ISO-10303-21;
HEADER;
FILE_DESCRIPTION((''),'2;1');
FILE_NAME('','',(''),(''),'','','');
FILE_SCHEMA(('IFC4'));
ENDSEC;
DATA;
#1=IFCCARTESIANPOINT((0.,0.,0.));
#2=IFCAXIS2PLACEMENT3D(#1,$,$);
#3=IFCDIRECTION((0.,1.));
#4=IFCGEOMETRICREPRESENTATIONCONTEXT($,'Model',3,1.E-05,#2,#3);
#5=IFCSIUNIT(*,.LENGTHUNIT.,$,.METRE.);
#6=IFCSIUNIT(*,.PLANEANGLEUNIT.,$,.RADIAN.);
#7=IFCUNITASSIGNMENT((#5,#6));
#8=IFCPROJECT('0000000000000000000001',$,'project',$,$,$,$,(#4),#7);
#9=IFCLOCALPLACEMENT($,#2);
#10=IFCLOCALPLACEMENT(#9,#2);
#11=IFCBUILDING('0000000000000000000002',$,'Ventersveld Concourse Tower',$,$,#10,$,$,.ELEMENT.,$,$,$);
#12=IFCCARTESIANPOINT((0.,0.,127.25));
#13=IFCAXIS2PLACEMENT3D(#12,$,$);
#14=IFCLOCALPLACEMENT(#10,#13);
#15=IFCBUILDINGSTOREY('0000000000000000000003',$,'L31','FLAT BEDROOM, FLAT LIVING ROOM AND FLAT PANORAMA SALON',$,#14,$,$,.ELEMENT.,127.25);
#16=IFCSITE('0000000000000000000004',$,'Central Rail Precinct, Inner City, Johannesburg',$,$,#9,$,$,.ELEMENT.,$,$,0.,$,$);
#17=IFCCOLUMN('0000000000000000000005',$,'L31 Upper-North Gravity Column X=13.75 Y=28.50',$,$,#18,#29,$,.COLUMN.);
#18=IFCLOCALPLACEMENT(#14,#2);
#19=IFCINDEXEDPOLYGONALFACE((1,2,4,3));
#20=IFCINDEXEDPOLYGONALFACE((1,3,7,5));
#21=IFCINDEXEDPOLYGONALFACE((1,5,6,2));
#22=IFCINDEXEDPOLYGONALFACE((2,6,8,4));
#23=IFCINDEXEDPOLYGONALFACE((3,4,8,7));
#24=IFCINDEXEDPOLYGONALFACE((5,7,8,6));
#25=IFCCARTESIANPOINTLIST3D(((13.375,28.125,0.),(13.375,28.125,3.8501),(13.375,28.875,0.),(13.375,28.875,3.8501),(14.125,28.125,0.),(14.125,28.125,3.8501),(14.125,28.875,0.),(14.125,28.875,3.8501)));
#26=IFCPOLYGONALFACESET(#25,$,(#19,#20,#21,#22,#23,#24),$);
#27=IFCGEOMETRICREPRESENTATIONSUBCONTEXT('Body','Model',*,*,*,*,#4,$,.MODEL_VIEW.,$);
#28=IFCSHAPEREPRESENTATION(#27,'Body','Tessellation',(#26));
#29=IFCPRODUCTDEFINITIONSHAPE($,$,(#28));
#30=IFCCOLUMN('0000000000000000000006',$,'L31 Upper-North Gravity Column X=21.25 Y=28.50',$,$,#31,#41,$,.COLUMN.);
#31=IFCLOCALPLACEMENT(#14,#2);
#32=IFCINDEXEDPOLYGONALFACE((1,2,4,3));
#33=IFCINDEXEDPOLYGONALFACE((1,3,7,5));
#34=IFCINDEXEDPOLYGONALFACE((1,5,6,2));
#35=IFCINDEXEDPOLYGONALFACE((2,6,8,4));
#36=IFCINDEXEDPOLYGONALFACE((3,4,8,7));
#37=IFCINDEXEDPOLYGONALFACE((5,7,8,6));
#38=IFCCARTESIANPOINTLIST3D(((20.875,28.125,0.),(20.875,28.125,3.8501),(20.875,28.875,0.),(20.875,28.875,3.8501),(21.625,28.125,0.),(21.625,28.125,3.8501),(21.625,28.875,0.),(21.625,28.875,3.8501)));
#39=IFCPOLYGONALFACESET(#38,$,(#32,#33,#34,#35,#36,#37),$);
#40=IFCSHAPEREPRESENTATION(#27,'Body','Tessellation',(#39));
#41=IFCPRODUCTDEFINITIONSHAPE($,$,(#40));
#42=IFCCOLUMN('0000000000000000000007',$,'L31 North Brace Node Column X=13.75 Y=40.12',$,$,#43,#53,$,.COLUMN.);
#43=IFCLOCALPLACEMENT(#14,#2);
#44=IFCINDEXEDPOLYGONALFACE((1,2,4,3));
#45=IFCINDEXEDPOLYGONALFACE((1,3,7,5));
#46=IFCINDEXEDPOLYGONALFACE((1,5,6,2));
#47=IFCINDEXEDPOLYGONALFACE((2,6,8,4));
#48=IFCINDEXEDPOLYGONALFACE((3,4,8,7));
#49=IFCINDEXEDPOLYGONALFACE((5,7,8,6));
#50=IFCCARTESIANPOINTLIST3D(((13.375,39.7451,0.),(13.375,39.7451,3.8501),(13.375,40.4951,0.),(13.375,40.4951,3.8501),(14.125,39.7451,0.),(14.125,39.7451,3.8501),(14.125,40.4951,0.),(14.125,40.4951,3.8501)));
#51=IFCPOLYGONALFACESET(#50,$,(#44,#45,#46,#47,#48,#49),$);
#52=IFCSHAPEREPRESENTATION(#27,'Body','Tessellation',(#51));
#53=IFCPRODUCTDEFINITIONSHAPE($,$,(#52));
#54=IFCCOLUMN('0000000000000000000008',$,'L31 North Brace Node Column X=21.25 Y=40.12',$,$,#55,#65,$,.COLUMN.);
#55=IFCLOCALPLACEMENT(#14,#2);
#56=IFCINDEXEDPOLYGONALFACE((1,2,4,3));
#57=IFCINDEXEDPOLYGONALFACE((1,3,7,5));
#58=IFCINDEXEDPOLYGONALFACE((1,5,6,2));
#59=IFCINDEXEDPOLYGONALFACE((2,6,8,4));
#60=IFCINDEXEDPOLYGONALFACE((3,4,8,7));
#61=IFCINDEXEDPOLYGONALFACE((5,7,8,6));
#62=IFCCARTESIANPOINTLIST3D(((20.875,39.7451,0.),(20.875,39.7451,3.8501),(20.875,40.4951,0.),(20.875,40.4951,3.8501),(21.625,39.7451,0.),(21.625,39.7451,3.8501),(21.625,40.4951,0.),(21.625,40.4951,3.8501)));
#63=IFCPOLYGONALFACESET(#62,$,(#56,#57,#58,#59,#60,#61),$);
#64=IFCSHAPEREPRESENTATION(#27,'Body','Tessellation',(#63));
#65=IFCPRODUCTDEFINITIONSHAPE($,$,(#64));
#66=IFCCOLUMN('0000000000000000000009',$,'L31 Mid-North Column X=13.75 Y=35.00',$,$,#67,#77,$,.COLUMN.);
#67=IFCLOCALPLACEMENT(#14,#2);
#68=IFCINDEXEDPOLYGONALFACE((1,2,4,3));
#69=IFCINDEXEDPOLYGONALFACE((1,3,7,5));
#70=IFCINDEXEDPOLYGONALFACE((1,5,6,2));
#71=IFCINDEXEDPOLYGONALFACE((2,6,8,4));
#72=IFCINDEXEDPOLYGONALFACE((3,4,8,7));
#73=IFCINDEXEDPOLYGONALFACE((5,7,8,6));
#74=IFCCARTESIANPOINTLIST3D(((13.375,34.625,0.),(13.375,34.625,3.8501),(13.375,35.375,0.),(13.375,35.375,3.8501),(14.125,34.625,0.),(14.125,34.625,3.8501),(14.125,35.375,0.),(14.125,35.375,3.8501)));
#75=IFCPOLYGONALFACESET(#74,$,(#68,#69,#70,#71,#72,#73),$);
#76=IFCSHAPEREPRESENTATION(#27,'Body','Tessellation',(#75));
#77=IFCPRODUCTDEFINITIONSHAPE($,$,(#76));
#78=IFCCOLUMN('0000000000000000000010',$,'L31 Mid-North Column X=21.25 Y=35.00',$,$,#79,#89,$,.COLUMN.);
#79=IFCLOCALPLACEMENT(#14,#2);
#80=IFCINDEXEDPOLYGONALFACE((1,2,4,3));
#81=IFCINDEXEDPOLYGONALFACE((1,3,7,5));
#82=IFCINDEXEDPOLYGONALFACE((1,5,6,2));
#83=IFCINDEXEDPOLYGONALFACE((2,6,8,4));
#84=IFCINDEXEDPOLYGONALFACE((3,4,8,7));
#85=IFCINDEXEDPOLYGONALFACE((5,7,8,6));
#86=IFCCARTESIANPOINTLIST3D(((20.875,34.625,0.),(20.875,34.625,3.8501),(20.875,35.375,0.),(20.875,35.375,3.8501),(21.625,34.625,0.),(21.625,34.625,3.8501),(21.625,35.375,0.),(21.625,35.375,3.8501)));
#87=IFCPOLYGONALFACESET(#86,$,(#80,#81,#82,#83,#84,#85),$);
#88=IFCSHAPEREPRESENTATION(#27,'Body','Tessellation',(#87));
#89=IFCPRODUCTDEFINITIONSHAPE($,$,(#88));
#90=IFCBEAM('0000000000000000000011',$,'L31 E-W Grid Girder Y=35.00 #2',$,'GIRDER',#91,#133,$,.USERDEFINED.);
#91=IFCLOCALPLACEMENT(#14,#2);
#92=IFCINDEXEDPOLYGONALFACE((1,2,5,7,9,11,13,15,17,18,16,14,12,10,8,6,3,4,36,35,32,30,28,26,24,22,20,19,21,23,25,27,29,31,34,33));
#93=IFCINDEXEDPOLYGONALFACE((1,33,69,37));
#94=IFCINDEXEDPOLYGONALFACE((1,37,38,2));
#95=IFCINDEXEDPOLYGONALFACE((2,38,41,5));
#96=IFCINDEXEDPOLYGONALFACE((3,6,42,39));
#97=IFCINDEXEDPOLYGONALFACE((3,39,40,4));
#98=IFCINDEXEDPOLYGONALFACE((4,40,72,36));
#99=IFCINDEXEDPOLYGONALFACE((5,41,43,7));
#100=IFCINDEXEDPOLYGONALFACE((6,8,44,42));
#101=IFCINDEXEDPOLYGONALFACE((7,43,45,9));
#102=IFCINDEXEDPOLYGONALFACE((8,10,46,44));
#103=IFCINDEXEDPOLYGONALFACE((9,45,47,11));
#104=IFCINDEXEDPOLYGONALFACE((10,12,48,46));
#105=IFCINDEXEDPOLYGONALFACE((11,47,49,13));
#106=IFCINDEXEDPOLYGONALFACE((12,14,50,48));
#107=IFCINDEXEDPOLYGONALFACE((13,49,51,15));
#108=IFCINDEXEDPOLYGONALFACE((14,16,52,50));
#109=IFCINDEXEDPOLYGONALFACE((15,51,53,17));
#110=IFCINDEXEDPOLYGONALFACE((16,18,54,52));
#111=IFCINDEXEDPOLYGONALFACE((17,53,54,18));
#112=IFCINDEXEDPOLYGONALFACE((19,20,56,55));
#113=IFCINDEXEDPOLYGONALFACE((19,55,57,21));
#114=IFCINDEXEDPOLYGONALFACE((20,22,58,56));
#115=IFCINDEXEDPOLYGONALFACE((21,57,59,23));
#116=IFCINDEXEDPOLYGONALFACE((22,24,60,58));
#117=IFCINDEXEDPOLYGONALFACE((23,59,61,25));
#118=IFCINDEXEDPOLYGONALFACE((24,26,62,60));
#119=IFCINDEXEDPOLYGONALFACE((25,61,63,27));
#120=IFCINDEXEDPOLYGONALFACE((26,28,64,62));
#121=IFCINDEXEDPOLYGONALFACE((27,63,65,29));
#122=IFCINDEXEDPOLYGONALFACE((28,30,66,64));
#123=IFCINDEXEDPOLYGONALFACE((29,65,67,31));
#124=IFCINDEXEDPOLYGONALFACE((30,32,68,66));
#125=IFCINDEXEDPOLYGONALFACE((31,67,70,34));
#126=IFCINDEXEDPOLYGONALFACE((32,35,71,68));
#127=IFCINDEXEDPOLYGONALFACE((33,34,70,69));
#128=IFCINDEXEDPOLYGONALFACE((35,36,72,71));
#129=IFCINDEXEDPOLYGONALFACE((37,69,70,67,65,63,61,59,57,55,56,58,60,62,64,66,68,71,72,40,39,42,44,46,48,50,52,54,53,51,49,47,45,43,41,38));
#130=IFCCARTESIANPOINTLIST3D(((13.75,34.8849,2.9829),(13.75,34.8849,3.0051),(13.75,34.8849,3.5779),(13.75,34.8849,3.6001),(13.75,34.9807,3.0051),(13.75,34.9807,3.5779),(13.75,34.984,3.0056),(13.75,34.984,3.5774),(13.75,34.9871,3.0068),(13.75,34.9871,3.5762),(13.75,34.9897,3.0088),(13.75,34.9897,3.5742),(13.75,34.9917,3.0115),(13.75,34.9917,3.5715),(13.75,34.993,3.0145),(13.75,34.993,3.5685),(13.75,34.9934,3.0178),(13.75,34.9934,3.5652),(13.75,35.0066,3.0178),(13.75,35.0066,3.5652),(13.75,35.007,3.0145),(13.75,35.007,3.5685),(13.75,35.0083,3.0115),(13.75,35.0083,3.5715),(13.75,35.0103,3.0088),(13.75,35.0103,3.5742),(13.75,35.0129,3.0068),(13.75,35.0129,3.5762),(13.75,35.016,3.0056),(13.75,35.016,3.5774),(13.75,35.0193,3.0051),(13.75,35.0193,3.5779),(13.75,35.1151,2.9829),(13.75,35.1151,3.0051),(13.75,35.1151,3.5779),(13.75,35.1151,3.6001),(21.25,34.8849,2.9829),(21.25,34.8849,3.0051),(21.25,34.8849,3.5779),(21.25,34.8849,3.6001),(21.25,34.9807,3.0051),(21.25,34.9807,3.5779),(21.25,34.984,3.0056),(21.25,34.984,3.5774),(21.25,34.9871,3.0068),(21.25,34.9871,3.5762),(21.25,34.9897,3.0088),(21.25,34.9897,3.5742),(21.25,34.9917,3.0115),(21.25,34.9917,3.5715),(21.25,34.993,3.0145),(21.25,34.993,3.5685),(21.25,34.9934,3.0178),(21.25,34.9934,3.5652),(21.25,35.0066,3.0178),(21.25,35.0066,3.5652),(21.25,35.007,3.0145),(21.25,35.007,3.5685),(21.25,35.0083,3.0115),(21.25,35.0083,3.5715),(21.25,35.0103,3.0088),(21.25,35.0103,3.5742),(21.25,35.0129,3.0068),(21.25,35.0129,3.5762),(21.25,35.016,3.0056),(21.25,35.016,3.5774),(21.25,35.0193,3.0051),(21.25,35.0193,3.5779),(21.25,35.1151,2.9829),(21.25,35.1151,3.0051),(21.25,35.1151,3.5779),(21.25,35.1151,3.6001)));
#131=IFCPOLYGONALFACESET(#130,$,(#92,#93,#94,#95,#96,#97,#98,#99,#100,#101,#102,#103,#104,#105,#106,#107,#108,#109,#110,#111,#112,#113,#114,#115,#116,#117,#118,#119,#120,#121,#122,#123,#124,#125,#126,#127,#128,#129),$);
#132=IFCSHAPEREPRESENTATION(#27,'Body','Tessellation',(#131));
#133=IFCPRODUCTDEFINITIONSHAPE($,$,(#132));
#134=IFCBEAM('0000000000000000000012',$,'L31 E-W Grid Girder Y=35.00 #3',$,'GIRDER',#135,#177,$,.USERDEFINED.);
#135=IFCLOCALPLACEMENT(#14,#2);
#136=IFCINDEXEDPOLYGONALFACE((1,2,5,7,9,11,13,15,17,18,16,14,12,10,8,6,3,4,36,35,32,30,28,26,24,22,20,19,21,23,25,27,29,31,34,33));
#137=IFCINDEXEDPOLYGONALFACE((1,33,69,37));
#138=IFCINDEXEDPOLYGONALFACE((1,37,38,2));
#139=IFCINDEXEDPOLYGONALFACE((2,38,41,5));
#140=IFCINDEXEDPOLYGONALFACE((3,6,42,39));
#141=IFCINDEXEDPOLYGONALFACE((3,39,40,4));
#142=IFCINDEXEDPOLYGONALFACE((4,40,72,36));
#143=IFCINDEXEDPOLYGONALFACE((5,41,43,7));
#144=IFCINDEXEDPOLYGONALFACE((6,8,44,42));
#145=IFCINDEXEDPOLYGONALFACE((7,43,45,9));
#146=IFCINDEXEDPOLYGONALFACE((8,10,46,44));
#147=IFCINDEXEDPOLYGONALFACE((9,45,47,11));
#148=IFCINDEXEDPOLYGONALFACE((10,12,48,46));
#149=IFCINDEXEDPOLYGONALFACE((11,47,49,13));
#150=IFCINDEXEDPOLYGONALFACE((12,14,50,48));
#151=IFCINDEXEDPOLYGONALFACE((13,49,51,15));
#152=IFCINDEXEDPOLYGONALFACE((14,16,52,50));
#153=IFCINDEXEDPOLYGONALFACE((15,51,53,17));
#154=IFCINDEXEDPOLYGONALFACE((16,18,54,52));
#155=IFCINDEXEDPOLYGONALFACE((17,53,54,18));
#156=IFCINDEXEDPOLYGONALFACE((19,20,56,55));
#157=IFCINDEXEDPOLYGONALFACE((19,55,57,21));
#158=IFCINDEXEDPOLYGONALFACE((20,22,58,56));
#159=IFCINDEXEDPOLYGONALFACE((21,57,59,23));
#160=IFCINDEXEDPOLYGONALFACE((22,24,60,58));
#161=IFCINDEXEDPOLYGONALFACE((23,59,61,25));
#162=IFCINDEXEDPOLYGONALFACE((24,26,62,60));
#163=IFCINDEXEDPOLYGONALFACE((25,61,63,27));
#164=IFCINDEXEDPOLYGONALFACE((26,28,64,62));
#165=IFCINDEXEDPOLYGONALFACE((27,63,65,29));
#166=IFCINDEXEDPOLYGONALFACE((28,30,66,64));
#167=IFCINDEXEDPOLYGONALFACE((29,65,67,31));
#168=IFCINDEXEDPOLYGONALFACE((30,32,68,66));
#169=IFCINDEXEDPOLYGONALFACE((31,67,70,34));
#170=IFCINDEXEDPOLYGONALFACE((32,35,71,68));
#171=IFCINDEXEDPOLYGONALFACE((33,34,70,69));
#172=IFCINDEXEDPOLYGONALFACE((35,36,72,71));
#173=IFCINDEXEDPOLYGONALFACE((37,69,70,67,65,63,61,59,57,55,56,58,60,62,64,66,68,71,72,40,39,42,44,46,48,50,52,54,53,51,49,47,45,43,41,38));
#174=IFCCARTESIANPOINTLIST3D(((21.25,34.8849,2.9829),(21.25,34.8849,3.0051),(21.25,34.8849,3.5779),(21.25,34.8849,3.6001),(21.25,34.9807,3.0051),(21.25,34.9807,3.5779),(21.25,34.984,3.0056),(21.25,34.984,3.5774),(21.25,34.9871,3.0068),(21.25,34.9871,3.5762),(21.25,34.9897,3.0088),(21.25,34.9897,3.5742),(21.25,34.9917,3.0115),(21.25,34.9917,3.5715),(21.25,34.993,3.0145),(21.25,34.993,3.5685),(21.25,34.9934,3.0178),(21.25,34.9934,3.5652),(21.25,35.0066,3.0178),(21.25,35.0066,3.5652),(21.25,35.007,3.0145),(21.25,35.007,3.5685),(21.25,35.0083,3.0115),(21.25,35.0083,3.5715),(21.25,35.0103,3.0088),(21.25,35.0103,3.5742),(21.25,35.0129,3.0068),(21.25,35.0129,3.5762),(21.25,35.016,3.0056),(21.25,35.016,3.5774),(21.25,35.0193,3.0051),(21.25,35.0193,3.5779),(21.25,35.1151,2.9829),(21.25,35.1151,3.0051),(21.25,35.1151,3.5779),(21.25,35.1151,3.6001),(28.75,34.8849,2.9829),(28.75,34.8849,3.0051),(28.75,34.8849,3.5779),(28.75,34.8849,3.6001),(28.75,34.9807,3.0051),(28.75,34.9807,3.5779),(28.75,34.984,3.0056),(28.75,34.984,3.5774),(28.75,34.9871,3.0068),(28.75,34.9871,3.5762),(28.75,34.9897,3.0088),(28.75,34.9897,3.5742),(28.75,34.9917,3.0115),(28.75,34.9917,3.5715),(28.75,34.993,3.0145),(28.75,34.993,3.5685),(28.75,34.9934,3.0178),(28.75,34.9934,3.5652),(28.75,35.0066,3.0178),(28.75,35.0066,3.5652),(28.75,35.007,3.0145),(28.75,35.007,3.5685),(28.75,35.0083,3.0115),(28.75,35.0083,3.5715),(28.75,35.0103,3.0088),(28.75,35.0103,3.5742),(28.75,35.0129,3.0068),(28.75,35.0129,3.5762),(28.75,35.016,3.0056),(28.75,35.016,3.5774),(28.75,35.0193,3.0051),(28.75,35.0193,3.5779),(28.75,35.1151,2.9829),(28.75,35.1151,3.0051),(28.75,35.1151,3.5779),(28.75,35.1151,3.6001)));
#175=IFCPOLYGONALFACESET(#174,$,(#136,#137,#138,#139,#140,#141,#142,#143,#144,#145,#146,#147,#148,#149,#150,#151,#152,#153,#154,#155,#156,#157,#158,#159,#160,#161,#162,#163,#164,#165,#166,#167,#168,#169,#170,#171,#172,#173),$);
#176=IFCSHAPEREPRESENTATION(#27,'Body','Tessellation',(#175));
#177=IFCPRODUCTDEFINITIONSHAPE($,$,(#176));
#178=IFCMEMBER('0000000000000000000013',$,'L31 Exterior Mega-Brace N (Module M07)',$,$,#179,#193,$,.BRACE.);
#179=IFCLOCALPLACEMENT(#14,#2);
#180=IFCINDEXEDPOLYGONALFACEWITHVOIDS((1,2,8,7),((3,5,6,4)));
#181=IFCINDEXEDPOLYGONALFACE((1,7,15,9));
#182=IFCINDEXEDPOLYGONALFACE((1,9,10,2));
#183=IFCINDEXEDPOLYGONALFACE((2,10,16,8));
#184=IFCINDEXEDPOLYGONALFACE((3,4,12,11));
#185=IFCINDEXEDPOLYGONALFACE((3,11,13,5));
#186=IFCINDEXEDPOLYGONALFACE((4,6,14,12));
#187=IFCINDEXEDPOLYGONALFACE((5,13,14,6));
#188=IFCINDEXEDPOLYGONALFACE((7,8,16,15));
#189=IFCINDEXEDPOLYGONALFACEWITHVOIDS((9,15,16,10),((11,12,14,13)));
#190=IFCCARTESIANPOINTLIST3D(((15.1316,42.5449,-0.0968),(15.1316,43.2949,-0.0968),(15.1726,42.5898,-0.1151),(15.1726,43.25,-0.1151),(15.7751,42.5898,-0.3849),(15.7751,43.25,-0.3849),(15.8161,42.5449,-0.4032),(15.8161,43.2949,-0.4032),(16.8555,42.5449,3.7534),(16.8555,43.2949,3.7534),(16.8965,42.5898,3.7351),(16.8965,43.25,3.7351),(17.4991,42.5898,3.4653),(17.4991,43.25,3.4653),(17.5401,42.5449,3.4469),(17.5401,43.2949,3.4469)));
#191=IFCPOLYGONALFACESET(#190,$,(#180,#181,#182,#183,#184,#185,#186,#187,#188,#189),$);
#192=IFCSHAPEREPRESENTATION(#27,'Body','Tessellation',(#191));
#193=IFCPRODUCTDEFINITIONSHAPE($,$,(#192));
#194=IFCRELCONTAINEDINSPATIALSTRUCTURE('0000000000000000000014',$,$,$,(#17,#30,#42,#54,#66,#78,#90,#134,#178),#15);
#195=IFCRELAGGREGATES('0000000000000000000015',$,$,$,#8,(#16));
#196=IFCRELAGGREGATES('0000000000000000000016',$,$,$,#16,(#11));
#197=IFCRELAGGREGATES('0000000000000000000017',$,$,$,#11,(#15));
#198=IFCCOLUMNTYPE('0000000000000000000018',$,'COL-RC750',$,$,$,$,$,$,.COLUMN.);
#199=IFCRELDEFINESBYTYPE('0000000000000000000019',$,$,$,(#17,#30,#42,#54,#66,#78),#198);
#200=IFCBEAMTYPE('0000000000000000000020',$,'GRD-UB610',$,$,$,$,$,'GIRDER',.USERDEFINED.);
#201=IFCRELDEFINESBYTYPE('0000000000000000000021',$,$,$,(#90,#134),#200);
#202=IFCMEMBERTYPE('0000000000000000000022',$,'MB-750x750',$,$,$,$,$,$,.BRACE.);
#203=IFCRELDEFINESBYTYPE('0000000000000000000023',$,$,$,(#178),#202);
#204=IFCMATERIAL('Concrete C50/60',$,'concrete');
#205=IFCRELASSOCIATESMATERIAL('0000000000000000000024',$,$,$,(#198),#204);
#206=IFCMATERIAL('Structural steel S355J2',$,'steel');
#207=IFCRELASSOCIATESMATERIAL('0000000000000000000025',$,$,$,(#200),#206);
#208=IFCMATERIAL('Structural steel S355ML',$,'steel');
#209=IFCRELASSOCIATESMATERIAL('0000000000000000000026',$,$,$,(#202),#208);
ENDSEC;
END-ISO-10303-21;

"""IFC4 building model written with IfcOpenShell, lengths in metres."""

from ifc_helpers import new_model, si_unit, direction, frame, origin, origin_2d, place, context, subcontext, project, spatial, rectangle, hollow_rectangle, i_section, extrude, material, material_profile, profile_set, type_object, element, save


model = new_model("IFC4")

# Units and contexts
model_context = context("Model", 3, precision=1e-05, world=origin(), true_north=direction((0.0, 1.0)))
body_context = subcontext(model_context, "Body", "Model", "MODEL_VIEW")
ifc_project = project(units=[si_unit("LENGTHUNIT", "METRE"), si_unit("PLANEANGLEUNIT", "RADIAN")], contexts=[model_context])

# Site, building, storey
site_placement = place(None, origin())
site = spatial("IfcSite", under=ifc_project, at=site_placement, Name="Central Rail Precinct, Inner City, Johannesburg", CompositionType="ELEMENT", RefElevation=0.0)
building_placement = place(site_placement, origin())
building = spatial("IfcBuilding", under=site, at=building_placement, Name="Ventersveld Concourse Tower", CompositionType="ELEMENT")
storey_placement = place(building_placement, frame((0.0, 0.0, 127.25)))
storey = spatial("IfcBuildingStorey", under=building, at=storey_placement, Name="L31", Description="FLAT BEDROOM, FLAT LIVING ROOM AND FLAT PANORAMA SALON", CompositionType="ELEMENT", Elevation=127.25)

# Columns
ifc_material_1 = material(Name="Concrete C50/60", Category="concrete")
ifc_material_profile_1 = material_profile(ifc_material_1, rectangle(XDim=0.75, YDim=0.75, at=origin_2d()), Name="RC 750x750")
ifc_profile_set_1 = profile_set([ifc_material_profile_1], Name="Concrete C50/60")
column_type = type_object("IfcColumnType", Name="COL-RC750", PredefinedType="COLUMN", material=ifc_profile_set_1)
for number, where, z_axis, x_axis, name in (
    (1, (13.75, 28.5, 0.0), (0.0, 0.0, 1.0), (1.0, 0.0, 0.0), "L31 Upper-North Gravity Column X=13.75 Y=28.50"),
    (2, (21.25, 28.5, 0.0), (0.0, 0.0, 1.0), (1.0, 0.0, 0.0), "L31 Upper-North Gravity Column X=21.25 Y=28.50"),
    (3, (13.75, 40.1201, 0.0), (0.0, 0.0, 1.0), (1.0, 0.0, 0.0), "L31 North Brace Node Column X=13.75 Y=40.12"),
    (4, (21.25, 40.1201, 0.0), (0.0, 0.0, 1.0), (1.0, 0.0, 0.0), "L31 North Brace Node Column X=21.25 Y=40.12"),
    (5, (13.75, 35.0, 0.0), (0.0, 0.0, 1.0), (1.0, 0.0, 0.0), "L31 Mid-North Column X=13.75 Y=35.00"),
    (6, (21.25, 35.0, 0.0), (0.0, 0.0, 1.0), (1.0, 0.0, 0.0), "L31 Mid-North Column X=21.25 Y=35.00"),
):
    element("IfcColumn", number, at=place(storey_placement, frame(where, z_axis=z_axis, x_axis=x_axis)), inside=storey, type_object=column_type, Name=name, PredefinedType="COLUMN", context=body_context, shape_type="SweptSolid", body=[
        extrude(rectangle(XDim=0.75, YDim=0.75, at=origin_2d()), origin(), (0.0, 0.0, 1.0), 3.8501),
    ])

# Beams
ifc_material_2 = material(Name="Structural steel S355J2", Category="steel")
ifc_material_profile_2 = material_profile(ifc_material_2, i_section(OverallWidth=0.2302, OverallDepth=0.6172, WebThickness=0.0132, FlangeThickness=0.0222, FilletRadius=0.0127, at=origin_2d()), Name="UB 610x229x140")
ifc_profile_set_2 = profile_set([ifc_material_profile_2], Name="Structural steel S355J2")
beam_type = type_object("IfcBeamType", Name="GRD-UB610", ElementType="GIRDER", PredefinedType="USERDEFINED", material=ifc_profile_set_2)
for number, where, z_axis, x_axis, name in (
    (7, (13.75, 35.0, 3.2915), (1.0, 0.0, 0.0), (0.0, 1.0, 0.0), "L31 E-W Grid Girder Y=35.00 #2"),
    (8, (21.25, 35.0, 3.2915), (1.0, 0.0, 0.0), (0.0, 1.0, 0.0), "L31 E-W Grid Girder Y=35.00 #3"),
):
    element("IfcBeam", number, at=place(storey_placement, frame(where, z_axis=z_axis, x_axis=x_axis)), inside=storey, type_object=beam_type, Name=name, ObjectType="GIRDER", PredefinedType="USERDEFINED", context=body_context, shape_type="SweptSolid", body=[
        extrude(i_section(OverallWidth=0.2302, OverallDepth=0.6172, WebThickness=0.0132, FlangeThickness=0.0222, FilletRadius=0.0127, at=origin_2d()), origin(), (0.0, 0.0, 1.0), 7.5),
    ])

# Member
ifc_material_3 = material(Name="Structural steel S355ML", Category="steel")
ifc_material_profile_3 = material_profile(ifc_material_3, hollow_rectangle(XDim=0.75, YDim=0.75, WallThickness=0.0449, at=origin_2d()), Name="BOX 750x750x45")
ifc_profile_set_3 = profile_set([ifc_material_profile_3], Name="Structural steel S355ML")
member_type = type_object("IfcMemberType", Name="MB-750x750", PredefinedType="BRACE", material=ifc_profile_set_3)
member_placement = place(storey_placement, frame((15.4739, 42.9199, -0.25), z_axis=(0.408655, 0.0, 0.912689), x_axis=(0.0, 1.0, 0.0)))
element("IfcMember", 9, at=member_placement, inside=storey, type_object=member_type, Name="L31 Exterior Mega-Brace N (Module M07)", PredefinedType="BRACE", context=body_context, shape_type="SweptSolid", body=[
    extrude(hollow_rectangle(XDim=0.75, YDim=0.75, WallThickness=0.0449, at=origin_2d()), origin(), (0.0, 0.0, 1.0), 4.2185),
])

save(model, "model.ifc")
